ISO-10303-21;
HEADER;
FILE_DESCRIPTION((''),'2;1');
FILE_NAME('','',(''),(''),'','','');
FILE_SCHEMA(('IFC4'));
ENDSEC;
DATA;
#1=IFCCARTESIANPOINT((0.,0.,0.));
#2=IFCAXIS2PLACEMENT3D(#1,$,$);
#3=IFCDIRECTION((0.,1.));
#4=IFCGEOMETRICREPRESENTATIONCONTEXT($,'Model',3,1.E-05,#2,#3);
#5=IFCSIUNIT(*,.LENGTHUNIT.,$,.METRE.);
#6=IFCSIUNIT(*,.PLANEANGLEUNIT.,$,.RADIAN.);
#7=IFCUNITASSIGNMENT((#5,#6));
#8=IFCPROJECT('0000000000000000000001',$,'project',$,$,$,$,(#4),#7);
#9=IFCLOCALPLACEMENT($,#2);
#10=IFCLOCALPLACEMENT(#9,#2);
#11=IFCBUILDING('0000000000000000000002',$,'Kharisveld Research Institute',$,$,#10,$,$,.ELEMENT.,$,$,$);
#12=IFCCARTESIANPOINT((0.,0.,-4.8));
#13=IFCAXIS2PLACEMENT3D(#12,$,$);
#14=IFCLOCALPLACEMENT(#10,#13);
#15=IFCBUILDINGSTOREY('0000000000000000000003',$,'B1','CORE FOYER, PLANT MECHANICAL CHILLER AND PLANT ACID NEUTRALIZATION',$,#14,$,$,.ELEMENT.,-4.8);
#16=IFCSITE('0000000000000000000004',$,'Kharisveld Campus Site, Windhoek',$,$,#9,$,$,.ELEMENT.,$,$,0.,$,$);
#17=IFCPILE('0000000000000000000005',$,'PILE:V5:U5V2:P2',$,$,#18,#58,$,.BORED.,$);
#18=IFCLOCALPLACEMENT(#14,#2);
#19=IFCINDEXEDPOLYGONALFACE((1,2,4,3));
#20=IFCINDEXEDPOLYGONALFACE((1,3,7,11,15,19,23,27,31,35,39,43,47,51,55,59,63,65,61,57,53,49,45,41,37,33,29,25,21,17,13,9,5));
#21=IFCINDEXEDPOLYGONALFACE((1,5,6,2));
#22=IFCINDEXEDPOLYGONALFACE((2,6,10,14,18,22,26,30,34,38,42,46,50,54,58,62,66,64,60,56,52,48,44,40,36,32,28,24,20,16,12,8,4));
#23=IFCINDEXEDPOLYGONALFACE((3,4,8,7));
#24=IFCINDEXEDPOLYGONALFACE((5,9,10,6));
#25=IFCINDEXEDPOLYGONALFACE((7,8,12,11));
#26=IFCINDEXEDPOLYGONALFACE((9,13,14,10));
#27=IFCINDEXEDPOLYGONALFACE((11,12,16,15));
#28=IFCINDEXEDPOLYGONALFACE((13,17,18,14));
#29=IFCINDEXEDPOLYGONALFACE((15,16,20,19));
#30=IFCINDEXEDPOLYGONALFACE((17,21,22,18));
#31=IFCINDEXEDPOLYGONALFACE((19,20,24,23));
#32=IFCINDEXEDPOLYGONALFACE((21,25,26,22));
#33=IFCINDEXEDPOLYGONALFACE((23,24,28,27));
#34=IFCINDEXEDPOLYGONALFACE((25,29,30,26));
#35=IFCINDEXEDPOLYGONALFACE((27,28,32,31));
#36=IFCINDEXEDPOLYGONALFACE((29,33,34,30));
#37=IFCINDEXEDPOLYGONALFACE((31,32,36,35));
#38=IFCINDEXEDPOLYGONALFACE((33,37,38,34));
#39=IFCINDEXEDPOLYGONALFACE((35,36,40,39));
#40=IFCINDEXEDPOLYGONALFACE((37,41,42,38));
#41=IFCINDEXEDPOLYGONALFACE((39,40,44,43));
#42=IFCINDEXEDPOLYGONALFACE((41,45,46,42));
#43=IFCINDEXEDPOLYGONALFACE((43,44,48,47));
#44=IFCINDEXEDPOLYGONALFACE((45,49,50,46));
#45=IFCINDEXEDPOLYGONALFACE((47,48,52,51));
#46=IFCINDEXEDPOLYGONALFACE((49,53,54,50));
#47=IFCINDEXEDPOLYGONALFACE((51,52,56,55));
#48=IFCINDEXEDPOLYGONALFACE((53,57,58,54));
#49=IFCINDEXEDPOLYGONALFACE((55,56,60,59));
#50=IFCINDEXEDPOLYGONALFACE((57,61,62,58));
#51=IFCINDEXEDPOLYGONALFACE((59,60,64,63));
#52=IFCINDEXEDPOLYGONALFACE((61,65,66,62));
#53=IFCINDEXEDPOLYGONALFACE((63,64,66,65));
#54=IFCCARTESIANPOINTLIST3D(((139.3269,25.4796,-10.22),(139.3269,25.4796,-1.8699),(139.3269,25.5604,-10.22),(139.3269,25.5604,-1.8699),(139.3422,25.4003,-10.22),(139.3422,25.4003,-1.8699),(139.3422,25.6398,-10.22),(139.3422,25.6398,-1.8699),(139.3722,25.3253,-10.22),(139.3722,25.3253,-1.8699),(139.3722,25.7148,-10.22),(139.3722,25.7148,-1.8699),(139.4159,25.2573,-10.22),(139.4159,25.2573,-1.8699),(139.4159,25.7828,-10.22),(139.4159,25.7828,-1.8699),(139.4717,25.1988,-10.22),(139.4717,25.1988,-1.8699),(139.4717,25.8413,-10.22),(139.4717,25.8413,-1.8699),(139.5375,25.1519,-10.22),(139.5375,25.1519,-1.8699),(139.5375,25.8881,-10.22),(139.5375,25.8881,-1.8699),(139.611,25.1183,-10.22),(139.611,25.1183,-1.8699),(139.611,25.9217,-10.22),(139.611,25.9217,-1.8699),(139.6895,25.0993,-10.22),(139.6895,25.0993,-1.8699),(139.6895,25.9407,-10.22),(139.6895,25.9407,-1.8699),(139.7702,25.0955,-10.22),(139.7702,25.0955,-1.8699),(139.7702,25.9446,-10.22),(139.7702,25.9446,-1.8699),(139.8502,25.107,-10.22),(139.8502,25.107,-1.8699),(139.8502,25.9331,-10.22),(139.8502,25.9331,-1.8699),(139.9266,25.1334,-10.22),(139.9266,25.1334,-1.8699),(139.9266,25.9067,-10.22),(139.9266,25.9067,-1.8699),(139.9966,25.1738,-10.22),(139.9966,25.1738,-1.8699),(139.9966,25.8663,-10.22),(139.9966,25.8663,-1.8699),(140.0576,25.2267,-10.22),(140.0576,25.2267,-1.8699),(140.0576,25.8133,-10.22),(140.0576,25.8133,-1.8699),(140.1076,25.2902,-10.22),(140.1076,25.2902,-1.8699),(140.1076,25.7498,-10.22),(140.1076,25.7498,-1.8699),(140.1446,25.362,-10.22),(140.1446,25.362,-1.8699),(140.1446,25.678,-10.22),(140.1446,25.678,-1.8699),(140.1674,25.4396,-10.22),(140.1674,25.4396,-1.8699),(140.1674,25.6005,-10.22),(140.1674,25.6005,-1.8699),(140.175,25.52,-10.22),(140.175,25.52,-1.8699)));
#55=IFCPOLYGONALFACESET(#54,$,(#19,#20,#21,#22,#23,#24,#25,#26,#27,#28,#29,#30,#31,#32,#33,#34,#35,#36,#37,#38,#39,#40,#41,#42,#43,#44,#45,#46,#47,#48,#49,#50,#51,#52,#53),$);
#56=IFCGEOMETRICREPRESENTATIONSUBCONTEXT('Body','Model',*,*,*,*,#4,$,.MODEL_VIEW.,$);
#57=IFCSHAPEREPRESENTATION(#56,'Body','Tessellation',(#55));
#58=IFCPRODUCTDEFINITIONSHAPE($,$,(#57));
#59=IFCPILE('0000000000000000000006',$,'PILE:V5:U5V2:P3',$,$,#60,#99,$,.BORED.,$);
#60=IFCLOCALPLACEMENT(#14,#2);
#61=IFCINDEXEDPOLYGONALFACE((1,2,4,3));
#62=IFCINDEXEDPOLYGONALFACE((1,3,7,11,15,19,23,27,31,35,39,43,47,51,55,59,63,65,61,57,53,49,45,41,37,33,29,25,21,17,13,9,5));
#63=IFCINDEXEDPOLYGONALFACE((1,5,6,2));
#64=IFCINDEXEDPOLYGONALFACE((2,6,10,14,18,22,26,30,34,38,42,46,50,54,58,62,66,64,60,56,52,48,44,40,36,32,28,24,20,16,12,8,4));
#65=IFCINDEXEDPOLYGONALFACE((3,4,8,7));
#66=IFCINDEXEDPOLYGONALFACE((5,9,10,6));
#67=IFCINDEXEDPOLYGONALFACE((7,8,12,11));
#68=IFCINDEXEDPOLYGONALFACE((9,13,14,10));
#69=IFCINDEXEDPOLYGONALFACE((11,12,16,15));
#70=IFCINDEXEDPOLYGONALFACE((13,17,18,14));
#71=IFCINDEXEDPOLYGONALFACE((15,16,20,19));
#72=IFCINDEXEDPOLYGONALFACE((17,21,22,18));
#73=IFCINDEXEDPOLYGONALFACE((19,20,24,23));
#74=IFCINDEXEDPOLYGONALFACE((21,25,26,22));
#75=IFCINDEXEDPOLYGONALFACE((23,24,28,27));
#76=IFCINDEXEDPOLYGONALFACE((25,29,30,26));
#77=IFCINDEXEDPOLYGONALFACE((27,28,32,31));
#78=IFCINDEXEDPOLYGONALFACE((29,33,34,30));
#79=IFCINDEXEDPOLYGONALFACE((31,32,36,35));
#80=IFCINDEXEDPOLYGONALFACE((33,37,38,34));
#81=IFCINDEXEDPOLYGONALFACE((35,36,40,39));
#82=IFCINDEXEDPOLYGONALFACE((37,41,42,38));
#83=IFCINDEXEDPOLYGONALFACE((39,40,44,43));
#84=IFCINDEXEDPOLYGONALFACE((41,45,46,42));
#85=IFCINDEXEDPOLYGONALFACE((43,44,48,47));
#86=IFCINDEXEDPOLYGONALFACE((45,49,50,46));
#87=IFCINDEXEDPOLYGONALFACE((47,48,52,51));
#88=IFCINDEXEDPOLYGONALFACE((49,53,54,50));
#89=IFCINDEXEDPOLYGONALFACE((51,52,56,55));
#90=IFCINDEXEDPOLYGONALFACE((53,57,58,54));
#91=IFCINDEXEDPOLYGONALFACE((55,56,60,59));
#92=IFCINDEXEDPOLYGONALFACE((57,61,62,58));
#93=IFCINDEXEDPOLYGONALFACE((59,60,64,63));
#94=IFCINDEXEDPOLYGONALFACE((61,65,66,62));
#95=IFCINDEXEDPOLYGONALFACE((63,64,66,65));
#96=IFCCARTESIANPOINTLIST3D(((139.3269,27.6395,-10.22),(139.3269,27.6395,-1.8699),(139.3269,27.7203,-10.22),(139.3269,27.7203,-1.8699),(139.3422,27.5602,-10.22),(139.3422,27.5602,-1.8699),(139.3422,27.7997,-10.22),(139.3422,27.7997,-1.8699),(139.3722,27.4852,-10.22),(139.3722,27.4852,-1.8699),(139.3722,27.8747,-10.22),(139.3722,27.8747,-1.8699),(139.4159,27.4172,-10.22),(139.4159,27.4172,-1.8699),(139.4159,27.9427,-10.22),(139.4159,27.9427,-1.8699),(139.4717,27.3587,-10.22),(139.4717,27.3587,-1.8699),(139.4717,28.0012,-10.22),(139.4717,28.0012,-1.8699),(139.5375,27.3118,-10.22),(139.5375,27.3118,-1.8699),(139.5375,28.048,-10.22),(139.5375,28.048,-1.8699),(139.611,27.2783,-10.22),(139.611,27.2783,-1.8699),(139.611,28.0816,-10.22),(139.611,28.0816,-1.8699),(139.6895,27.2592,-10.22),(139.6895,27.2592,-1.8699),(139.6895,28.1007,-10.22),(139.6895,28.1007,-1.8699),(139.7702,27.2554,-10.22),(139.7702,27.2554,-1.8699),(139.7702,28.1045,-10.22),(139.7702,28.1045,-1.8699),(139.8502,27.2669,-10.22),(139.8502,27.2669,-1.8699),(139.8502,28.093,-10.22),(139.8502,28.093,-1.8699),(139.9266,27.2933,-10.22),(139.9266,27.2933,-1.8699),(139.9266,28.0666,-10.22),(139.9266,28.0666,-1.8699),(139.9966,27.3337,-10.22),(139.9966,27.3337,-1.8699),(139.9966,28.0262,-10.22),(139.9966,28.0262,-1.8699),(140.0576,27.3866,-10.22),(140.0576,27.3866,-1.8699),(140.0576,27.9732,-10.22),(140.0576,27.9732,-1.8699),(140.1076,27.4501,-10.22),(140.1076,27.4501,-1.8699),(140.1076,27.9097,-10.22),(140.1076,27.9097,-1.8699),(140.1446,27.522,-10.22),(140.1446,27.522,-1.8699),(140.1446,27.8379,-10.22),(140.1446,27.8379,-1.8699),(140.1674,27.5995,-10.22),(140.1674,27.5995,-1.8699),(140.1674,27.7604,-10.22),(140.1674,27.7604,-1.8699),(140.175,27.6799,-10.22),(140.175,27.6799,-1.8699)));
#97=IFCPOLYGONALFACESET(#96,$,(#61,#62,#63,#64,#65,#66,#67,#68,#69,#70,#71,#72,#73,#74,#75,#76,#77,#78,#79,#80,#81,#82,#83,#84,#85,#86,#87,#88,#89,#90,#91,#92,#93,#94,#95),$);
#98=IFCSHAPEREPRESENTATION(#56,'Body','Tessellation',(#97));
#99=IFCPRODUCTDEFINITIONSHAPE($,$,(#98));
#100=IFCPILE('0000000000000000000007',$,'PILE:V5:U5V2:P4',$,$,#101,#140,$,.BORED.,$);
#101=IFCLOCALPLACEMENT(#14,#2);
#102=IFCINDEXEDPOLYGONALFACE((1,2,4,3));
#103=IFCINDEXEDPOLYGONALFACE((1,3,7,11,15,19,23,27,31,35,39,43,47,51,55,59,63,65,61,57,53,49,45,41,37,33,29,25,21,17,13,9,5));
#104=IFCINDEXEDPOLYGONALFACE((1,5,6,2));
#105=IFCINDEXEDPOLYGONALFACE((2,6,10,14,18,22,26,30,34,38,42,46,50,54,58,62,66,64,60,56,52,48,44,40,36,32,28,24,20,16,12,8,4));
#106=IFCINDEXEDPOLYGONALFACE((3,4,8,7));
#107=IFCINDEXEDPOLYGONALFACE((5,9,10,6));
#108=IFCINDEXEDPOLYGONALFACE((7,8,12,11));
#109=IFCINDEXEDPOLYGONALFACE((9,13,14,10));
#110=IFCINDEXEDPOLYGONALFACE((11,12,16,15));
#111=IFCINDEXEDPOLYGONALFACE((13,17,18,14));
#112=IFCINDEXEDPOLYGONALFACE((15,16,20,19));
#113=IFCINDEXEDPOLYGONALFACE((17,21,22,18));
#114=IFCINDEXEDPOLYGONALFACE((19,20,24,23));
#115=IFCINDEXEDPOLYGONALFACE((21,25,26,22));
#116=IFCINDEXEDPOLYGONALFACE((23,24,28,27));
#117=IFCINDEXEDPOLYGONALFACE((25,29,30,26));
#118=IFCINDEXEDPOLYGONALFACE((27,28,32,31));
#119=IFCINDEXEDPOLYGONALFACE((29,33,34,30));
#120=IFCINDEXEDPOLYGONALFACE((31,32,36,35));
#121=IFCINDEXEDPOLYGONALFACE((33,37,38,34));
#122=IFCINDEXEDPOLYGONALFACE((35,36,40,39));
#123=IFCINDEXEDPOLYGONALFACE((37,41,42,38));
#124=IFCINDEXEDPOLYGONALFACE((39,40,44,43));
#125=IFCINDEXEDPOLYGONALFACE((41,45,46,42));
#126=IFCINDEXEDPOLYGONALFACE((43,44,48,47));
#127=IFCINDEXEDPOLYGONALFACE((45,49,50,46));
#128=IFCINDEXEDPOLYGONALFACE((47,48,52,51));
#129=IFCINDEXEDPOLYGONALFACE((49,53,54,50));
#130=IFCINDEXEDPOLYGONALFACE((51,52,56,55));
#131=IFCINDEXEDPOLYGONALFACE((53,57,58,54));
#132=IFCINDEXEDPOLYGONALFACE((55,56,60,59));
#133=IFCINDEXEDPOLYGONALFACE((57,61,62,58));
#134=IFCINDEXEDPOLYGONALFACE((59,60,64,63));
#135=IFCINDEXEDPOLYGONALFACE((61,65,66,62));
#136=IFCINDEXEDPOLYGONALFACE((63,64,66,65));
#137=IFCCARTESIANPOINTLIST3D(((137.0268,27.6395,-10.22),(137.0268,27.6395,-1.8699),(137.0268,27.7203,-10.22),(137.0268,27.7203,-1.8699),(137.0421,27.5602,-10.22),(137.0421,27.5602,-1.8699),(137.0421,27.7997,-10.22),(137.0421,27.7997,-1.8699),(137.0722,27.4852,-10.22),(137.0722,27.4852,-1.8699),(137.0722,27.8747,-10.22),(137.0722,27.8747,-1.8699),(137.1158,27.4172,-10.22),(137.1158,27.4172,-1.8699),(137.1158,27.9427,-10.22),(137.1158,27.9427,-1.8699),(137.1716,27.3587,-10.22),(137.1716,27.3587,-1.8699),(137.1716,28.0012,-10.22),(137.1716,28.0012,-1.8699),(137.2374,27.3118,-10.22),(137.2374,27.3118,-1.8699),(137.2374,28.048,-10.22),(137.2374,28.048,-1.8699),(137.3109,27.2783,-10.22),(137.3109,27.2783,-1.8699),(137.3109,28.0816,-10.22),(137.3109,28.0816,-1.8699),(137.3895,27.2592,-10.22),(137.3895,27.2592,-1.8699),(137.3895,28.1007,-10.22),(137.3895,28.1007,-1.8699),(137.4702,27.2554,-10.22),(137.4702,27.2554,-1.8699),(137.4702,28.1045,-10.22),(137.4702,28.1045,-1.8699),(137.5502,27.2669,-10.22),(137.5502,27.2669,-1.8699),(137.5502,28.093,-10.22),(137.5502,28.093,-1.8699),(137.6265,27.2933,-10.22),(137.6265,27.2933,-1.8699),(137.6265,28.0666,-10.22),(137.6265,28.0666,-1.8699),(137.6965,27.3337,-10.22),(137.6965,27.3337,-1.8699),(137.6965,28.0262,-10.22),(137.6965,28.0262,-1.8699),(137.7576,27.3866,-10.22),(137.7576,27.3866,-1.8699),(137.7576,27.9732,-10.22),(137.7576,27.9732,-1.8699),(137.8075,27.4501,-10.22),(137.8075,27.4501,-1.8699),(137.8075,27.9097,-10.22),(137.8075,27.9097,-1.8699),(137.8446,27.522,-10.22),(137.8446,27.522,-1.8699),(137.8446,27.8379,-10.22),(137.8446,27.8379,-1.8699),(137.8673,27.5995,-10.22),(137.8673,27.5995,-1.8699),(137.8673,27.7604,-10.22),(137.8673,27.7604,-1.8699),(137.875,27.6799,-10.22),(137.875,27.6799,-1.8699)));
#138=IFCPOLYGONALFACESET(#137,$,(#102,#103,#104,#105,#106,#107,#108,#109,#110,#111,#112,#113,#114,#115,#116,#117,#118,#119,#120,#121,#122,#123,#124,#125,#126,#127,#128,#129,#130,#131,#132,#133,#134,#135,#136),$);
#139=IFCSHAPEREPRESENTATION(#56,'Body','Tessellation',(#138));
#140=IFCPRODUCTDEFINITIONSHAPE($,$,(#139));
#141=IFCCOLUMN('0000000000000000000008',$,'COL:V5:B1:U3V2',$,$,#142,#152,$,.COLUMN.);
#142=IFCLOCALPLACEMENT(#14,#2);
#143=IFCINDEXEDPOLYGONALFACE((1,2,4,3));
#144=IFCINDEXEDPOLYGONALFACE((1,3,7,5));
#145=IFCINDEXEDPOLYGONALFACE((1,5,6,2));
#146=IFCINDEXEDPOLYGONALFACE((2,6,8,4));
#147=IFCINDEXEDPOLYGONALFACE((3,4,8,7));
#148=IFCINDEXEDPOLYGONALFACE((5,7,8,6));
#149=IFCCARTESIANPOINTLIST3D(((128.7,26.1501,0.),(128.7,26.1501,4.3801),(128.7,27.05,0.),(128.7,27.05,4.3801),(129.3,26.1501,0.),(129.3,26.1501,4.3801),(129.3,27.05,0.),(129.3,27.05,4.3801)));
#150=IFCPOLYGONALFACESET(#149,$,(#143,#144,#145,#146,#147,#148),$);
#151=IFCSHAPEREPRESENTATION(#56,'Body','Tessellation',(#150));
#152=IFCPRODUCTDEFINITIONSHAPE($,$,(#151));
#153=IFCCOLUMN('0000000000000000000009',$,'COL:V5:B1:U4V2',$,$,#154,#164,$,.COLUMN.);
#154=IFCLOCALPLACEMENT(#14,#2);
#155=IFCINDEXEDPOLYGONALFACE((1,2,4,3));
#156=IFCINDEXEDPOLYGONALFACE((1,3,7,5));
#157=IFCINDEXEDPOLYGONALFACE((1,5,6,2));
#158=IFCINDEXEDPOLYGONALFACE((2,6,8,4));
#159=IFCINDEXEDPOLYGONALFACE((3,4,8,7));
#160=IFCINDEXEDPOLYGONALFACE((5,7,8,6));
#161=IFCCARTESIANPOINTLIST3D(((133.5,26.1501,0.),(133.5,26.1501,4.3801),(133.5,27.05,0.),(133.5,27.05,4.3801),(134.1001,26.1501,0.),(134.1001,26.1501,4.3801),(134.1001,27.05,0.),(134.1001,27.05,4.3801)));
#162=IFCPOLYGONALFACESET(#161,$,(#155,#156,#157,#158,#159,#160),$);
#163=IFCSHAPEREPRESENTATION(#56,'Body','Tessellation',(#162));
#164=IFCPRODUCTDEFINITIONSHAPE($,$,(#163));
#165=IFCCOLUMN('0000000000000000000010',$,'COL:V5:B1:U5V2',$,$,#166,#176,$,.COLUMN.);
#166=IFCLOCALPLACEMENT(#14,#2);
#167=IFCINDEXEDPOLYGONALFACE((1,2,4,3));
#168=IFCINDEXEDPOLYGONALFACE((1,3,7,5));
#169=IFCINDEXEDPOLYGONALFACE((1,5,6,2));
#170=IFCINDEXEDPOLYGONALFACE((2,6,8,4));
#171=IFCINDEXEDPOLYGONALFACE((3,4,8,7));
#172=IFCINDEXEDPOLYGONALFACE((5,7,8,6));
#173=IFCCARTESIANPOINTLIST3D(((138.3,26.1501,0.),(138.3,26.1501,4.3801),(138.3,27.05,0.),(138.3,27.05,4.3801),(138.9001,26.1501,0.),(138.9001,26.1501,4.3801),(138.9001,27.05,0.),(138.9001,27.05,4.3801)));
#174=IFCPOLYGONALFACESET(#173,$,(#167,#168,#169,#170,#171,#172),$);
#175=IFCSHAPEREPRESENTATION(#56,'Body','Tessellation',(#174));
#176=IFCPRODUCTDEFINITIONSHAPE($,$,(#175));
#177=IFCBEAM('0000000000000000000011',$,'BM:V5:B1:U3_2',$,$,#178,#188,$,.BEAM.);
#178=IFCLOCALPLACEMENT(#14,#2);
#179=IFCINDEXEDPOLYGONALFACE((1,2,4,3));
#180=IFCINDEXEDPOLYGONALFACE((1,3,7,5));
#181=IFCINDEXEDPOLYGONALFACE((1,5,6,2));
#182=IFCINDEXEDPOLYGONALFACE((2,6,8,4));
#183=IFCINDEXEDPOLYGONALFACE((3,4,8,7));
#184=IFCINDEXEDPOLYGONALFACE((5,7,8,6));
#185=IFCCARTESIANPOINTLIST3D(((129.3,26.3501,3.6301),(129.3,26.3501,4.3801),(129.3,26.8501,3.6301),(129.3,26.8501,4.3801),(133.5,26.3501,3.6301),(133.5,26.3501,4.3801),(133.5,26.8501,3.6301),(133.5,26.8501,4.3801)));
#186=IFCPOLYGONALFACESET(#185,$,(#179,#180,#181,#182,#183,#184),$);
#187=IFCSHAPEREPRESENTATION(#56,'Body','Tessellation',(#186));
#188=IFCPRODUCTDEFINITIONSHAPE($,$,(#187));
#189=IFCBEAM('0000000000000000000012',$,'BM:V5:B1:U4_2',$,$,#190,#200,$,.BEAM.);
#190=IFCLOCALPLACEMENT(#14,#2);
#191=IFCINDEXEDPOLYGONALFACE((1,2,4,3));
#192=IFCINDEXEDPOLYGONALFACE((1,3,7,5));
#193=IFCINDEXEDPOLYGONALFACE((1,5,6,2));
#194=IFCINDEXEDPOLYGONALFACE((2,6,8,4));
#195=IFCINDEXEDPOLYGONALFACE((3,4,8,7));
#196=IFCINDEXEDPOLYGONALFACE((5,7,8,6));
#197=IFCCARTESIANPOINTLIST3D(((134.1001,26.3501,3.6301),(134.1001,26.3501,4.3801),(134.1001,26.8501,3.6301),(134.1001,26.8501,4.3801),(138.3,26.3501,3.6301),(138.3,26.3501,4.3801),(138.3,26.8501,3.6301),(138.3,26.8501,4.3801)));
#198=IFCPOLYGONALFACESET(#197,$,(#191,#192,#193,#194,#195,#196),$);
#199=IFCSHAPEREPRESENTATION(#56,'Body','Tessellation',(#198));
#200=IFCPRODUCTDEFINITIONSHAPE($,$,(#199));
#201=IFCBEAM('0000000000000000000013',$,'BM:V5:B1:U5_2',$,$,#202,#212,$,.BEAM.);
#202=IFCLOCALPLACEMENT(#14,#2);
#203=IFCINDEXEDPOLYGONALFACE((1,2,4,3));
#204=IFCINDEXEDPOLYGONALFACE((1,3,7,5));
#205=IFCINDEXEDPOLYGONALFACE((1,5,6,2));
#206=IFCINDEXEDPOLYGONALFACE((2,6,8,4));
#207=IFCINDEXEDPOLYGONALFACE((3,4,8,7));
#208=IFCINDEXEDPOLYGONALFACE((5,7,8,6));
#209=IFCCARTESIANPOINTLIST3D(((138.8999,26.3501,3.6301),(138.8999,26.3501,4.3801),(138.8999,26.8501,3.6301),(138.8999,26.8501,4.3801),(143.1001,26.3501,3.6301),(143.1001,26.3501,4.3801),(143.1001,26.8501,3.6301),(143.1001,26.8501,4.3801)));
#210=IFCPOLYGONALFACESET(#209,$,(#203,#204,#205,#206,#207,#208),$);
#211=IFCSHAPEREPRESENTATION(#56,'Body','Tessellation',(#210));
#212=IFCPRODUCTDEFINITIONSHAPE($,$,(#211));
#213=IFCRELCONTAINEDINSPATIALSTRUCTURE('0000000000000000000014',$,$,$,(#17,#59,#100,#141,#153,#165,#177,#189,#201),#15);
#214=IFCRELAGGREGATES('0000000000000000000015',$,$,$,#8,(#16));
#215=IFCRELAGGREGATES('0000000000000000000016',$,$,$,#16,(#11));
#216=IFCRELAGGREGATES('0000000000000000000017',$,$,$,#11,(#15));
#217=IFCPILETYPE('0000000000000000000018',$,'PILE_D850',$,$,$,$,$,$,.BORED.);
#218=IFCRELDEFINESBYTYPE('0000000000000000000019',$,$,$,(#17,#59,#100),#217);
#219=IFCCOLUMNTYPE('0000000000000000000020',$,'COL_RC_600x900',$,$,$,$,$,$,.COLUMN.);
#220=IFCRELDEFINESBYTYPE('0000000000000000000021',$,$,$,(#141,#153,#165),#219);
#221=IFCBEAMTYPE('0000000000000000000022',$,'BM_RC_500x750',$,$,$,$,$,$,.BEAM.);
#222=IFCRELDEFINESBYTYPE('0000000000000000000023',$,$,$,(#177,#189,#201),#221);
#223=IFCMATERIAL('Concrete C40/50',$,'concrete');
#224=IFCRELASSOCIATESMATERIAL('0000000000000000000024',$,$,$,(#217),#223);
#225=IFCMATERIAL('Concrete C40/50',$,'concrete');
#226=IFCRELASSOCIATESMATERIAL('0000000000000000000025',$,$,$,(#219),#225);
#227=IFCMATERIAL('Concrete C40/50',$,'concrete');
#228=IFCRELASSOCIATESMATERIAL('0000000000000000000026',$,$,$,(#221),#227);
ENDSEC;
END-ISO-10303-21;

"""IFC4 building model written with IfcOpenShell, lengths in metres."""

from ifc_helpers import new_model, si_unit, direction, frame, origin, origin_2d, place, context, subcontext, project, spatial, rectangle, circle, extrude, material, material_profile, profile_set, type_object, element, save


model = new_model("IFC4")

# Units and contexts
model_context = context("Model", 3, precision=1e-05, world=origin(), true_north=direction((0.0, 1.0)))
body_context = subcontext(model_context, "Body", "Model", "MODEL_VIEW")
ifc_project = project(units=[si_unit("LENGTHUNIT", "METRE"), si_unit("PLANEANGLEUNIT", "RADIAN")], contexts=[model_context])

# Site, building, storey
site_placement = place(None, origin())
site = spatial("IfcSite", under=ifc_project, at=site_placement, Name="Kharisveld Campus Site, Windhoek", CompositionType="ELEMENT", RefElevation=0.0)
building_placement = place(site_placement, origin())
building = spatial("IfcBuilding", under=site, at=building_placement, Name="Kharisveld Research Institute", CompositionType="ELEMENT")
storey_placement = place(building_placement, frame((0.0, 0.0, -4.8)))
storey = spatial("IfcBuildingStorey", under=building, at=storey_placement, Name="B1", Description="CORE FOYER, PLANT MECHANICAL CHILLER AND PLANT ACID NEUTRALIZATION", CompositionType="ELEMENT", Elevation=-4.8)

# Piles
ifc_material_1 = material(Name="Concrete C40/50", Category="concrete")
ifc_material_profile_1 = material_profile(ifc_material_1, circle(Radius=0.425, at=origin_2d()))
ifc_profile_set_1 = profile_set([ifc_material_profile_1], Name="Concrete C40/50")
pile_type_1 = type_object("IfcPileType", Name="PILE_D850", PredefinedType="BORED", material=ifc_profile_set_1)
for number, where, z_axis, x_axis, name in (
    (1, (139.75, 25.52, -1.8699), (0.0, 0.0, -1.0), (1.0, 0.0, 0.0), "PILE:V5:U5V2:P2"),
    (2, (139.75, 27.6799, -1.8699), (0.0, 0.0, -1.0), (1.0, 0.0, 0.0), "PILE:V5:U5V2:P3"),
    (3, (137.45, 27.6799, -1.8699), (0.0, 0.0, -1.0), (1.0, 0.0, 0.0), "PILE:V5:U5V2:P4"),
):
    element("IfcPile", number, at=place(storey_placement, frame(where, z_axis=z_axis, x_axis=x_axis)), inside=storey, type_object=pile_type_1, Name=name, PredefinedType="BORED", context=body_context, shape_type="SweptSolid", body=[
        extrude(circle(Radius=0.425, at=origin_2d()), origin(), (0.0, 0.0, 1.0), 8.3501),
    ])

# Columns
ifc_material_2 = material(Name="Concrete C40/50", Category="concrete")
ifc_material_profile_2 = material_profile(ifc_material_2, rectangle(XDim=0.6001, YDim=0.8999, at=origin_2d()))
ifc_profile_set_2 = profile_set([ifc_material_profile_2], Name="Concrete C40/50")
column_type = type_object("IfcColumnType", Name="COL_RC_600x900", PredefinedType="COLUMN", material=ifc_profile_set_2)
for number, where, z_axis, x_axis, name in (
    (4, (129.0, 26.6001, 0.0), (0.0, 0.0, 1.0), (1.0, 0.0, 0.0), "COL:V5:B1:U3V2"),
    (5, (133.8, 26.6001, 0.0), (0.0, 0.0, 1.0), (1.0, 0.0, 0.0), "COL:V5:B1:U4V2"),
    (6, (138.6001, 26.6001, 0.0), (0.0, 0.0, 1.0), (1.0, 0.0, 0.0), "COL:V5:B1:U5V2"),
):
    element("IfcColumn", number, at=place(storey_placement, frame(where, z_axis=z_axis, x_axis=x_axis)), inside=storey, type_object=column_type, Name=name, PredefinedType="COLUMN", context=body_context, shape_type="SweptSolid", body=[
        extrude(rectangle(XDim=0.6001, YDim=0.8999, at=origin_2d()), origin(), (0.0, 0.0, 1.0), 4.3801),
    ])

# Beams
ifc_material_3 = material(Name="Concrete C40/50", Category="concrete")
ifc_material_profile_3 = material_profile(ifc_material_3, rectangle(XDim=0.5, YDim=0.75, at=origin_2d()))
ifc_profile_set_3 = profile_set([ifc_material_profile_3], Name="Concrete C40/50")
beam_type_1 = type_object("IfcBeamType", Name="BM_RC_500x750", PredefinedType="BEAM", material=ifc_profile_set_3)
for number, where, z_axis, x_axis, name in (
    (7, (129.3, 26.6001, 4.0051), (1.0, 0.0, 0.0), (0.0, 1.0, 0.0), "BM:V5:B1:U3_2"),
    (8, (134.1001, 26.6001, 4.0051), (1.0, 0.0, 0.0), (0.0, 1.0, 0.0), "BM:V5:B1:U4_2"),
):
    element("IfcBeam", number, at=place(storey_placement, frame(where, z_axis=z_axis, x_axis=x_axis)), inside=storey, type_object=beam_type_1, Name=name, PredefinedType="BEAM", context=body_context, shape_type="SweptSolid", body=[
        extrude(rectangle(XDim=0.5, YDim=0.75, at=origin_2d()), origin(), (0.0, 0.0, 1.0), 4.2),
    ])
beam_1_placement = place(storey_placement, frame((138.8999, 26.6001, 4.0051), z_axis=(1.0, 0.0, 0.0), x_axis=(0.0, 1.0, 0.0)))
element("IfcBeam", 9, at=beam_1_placement, inside=storey, type_object=beam_type_1, Name="BM:V5:B1:U5_2", PredefinedType="BEAM", context=body_context, shape_type="SweptSolid", body=[
    extrude(rectangle(XDim=0.5, YDim=0.75, at=origin_2d()), origin(), (0.0, 0.0, 1.0), 4.2002),
])

save(model, "model.ifc")
